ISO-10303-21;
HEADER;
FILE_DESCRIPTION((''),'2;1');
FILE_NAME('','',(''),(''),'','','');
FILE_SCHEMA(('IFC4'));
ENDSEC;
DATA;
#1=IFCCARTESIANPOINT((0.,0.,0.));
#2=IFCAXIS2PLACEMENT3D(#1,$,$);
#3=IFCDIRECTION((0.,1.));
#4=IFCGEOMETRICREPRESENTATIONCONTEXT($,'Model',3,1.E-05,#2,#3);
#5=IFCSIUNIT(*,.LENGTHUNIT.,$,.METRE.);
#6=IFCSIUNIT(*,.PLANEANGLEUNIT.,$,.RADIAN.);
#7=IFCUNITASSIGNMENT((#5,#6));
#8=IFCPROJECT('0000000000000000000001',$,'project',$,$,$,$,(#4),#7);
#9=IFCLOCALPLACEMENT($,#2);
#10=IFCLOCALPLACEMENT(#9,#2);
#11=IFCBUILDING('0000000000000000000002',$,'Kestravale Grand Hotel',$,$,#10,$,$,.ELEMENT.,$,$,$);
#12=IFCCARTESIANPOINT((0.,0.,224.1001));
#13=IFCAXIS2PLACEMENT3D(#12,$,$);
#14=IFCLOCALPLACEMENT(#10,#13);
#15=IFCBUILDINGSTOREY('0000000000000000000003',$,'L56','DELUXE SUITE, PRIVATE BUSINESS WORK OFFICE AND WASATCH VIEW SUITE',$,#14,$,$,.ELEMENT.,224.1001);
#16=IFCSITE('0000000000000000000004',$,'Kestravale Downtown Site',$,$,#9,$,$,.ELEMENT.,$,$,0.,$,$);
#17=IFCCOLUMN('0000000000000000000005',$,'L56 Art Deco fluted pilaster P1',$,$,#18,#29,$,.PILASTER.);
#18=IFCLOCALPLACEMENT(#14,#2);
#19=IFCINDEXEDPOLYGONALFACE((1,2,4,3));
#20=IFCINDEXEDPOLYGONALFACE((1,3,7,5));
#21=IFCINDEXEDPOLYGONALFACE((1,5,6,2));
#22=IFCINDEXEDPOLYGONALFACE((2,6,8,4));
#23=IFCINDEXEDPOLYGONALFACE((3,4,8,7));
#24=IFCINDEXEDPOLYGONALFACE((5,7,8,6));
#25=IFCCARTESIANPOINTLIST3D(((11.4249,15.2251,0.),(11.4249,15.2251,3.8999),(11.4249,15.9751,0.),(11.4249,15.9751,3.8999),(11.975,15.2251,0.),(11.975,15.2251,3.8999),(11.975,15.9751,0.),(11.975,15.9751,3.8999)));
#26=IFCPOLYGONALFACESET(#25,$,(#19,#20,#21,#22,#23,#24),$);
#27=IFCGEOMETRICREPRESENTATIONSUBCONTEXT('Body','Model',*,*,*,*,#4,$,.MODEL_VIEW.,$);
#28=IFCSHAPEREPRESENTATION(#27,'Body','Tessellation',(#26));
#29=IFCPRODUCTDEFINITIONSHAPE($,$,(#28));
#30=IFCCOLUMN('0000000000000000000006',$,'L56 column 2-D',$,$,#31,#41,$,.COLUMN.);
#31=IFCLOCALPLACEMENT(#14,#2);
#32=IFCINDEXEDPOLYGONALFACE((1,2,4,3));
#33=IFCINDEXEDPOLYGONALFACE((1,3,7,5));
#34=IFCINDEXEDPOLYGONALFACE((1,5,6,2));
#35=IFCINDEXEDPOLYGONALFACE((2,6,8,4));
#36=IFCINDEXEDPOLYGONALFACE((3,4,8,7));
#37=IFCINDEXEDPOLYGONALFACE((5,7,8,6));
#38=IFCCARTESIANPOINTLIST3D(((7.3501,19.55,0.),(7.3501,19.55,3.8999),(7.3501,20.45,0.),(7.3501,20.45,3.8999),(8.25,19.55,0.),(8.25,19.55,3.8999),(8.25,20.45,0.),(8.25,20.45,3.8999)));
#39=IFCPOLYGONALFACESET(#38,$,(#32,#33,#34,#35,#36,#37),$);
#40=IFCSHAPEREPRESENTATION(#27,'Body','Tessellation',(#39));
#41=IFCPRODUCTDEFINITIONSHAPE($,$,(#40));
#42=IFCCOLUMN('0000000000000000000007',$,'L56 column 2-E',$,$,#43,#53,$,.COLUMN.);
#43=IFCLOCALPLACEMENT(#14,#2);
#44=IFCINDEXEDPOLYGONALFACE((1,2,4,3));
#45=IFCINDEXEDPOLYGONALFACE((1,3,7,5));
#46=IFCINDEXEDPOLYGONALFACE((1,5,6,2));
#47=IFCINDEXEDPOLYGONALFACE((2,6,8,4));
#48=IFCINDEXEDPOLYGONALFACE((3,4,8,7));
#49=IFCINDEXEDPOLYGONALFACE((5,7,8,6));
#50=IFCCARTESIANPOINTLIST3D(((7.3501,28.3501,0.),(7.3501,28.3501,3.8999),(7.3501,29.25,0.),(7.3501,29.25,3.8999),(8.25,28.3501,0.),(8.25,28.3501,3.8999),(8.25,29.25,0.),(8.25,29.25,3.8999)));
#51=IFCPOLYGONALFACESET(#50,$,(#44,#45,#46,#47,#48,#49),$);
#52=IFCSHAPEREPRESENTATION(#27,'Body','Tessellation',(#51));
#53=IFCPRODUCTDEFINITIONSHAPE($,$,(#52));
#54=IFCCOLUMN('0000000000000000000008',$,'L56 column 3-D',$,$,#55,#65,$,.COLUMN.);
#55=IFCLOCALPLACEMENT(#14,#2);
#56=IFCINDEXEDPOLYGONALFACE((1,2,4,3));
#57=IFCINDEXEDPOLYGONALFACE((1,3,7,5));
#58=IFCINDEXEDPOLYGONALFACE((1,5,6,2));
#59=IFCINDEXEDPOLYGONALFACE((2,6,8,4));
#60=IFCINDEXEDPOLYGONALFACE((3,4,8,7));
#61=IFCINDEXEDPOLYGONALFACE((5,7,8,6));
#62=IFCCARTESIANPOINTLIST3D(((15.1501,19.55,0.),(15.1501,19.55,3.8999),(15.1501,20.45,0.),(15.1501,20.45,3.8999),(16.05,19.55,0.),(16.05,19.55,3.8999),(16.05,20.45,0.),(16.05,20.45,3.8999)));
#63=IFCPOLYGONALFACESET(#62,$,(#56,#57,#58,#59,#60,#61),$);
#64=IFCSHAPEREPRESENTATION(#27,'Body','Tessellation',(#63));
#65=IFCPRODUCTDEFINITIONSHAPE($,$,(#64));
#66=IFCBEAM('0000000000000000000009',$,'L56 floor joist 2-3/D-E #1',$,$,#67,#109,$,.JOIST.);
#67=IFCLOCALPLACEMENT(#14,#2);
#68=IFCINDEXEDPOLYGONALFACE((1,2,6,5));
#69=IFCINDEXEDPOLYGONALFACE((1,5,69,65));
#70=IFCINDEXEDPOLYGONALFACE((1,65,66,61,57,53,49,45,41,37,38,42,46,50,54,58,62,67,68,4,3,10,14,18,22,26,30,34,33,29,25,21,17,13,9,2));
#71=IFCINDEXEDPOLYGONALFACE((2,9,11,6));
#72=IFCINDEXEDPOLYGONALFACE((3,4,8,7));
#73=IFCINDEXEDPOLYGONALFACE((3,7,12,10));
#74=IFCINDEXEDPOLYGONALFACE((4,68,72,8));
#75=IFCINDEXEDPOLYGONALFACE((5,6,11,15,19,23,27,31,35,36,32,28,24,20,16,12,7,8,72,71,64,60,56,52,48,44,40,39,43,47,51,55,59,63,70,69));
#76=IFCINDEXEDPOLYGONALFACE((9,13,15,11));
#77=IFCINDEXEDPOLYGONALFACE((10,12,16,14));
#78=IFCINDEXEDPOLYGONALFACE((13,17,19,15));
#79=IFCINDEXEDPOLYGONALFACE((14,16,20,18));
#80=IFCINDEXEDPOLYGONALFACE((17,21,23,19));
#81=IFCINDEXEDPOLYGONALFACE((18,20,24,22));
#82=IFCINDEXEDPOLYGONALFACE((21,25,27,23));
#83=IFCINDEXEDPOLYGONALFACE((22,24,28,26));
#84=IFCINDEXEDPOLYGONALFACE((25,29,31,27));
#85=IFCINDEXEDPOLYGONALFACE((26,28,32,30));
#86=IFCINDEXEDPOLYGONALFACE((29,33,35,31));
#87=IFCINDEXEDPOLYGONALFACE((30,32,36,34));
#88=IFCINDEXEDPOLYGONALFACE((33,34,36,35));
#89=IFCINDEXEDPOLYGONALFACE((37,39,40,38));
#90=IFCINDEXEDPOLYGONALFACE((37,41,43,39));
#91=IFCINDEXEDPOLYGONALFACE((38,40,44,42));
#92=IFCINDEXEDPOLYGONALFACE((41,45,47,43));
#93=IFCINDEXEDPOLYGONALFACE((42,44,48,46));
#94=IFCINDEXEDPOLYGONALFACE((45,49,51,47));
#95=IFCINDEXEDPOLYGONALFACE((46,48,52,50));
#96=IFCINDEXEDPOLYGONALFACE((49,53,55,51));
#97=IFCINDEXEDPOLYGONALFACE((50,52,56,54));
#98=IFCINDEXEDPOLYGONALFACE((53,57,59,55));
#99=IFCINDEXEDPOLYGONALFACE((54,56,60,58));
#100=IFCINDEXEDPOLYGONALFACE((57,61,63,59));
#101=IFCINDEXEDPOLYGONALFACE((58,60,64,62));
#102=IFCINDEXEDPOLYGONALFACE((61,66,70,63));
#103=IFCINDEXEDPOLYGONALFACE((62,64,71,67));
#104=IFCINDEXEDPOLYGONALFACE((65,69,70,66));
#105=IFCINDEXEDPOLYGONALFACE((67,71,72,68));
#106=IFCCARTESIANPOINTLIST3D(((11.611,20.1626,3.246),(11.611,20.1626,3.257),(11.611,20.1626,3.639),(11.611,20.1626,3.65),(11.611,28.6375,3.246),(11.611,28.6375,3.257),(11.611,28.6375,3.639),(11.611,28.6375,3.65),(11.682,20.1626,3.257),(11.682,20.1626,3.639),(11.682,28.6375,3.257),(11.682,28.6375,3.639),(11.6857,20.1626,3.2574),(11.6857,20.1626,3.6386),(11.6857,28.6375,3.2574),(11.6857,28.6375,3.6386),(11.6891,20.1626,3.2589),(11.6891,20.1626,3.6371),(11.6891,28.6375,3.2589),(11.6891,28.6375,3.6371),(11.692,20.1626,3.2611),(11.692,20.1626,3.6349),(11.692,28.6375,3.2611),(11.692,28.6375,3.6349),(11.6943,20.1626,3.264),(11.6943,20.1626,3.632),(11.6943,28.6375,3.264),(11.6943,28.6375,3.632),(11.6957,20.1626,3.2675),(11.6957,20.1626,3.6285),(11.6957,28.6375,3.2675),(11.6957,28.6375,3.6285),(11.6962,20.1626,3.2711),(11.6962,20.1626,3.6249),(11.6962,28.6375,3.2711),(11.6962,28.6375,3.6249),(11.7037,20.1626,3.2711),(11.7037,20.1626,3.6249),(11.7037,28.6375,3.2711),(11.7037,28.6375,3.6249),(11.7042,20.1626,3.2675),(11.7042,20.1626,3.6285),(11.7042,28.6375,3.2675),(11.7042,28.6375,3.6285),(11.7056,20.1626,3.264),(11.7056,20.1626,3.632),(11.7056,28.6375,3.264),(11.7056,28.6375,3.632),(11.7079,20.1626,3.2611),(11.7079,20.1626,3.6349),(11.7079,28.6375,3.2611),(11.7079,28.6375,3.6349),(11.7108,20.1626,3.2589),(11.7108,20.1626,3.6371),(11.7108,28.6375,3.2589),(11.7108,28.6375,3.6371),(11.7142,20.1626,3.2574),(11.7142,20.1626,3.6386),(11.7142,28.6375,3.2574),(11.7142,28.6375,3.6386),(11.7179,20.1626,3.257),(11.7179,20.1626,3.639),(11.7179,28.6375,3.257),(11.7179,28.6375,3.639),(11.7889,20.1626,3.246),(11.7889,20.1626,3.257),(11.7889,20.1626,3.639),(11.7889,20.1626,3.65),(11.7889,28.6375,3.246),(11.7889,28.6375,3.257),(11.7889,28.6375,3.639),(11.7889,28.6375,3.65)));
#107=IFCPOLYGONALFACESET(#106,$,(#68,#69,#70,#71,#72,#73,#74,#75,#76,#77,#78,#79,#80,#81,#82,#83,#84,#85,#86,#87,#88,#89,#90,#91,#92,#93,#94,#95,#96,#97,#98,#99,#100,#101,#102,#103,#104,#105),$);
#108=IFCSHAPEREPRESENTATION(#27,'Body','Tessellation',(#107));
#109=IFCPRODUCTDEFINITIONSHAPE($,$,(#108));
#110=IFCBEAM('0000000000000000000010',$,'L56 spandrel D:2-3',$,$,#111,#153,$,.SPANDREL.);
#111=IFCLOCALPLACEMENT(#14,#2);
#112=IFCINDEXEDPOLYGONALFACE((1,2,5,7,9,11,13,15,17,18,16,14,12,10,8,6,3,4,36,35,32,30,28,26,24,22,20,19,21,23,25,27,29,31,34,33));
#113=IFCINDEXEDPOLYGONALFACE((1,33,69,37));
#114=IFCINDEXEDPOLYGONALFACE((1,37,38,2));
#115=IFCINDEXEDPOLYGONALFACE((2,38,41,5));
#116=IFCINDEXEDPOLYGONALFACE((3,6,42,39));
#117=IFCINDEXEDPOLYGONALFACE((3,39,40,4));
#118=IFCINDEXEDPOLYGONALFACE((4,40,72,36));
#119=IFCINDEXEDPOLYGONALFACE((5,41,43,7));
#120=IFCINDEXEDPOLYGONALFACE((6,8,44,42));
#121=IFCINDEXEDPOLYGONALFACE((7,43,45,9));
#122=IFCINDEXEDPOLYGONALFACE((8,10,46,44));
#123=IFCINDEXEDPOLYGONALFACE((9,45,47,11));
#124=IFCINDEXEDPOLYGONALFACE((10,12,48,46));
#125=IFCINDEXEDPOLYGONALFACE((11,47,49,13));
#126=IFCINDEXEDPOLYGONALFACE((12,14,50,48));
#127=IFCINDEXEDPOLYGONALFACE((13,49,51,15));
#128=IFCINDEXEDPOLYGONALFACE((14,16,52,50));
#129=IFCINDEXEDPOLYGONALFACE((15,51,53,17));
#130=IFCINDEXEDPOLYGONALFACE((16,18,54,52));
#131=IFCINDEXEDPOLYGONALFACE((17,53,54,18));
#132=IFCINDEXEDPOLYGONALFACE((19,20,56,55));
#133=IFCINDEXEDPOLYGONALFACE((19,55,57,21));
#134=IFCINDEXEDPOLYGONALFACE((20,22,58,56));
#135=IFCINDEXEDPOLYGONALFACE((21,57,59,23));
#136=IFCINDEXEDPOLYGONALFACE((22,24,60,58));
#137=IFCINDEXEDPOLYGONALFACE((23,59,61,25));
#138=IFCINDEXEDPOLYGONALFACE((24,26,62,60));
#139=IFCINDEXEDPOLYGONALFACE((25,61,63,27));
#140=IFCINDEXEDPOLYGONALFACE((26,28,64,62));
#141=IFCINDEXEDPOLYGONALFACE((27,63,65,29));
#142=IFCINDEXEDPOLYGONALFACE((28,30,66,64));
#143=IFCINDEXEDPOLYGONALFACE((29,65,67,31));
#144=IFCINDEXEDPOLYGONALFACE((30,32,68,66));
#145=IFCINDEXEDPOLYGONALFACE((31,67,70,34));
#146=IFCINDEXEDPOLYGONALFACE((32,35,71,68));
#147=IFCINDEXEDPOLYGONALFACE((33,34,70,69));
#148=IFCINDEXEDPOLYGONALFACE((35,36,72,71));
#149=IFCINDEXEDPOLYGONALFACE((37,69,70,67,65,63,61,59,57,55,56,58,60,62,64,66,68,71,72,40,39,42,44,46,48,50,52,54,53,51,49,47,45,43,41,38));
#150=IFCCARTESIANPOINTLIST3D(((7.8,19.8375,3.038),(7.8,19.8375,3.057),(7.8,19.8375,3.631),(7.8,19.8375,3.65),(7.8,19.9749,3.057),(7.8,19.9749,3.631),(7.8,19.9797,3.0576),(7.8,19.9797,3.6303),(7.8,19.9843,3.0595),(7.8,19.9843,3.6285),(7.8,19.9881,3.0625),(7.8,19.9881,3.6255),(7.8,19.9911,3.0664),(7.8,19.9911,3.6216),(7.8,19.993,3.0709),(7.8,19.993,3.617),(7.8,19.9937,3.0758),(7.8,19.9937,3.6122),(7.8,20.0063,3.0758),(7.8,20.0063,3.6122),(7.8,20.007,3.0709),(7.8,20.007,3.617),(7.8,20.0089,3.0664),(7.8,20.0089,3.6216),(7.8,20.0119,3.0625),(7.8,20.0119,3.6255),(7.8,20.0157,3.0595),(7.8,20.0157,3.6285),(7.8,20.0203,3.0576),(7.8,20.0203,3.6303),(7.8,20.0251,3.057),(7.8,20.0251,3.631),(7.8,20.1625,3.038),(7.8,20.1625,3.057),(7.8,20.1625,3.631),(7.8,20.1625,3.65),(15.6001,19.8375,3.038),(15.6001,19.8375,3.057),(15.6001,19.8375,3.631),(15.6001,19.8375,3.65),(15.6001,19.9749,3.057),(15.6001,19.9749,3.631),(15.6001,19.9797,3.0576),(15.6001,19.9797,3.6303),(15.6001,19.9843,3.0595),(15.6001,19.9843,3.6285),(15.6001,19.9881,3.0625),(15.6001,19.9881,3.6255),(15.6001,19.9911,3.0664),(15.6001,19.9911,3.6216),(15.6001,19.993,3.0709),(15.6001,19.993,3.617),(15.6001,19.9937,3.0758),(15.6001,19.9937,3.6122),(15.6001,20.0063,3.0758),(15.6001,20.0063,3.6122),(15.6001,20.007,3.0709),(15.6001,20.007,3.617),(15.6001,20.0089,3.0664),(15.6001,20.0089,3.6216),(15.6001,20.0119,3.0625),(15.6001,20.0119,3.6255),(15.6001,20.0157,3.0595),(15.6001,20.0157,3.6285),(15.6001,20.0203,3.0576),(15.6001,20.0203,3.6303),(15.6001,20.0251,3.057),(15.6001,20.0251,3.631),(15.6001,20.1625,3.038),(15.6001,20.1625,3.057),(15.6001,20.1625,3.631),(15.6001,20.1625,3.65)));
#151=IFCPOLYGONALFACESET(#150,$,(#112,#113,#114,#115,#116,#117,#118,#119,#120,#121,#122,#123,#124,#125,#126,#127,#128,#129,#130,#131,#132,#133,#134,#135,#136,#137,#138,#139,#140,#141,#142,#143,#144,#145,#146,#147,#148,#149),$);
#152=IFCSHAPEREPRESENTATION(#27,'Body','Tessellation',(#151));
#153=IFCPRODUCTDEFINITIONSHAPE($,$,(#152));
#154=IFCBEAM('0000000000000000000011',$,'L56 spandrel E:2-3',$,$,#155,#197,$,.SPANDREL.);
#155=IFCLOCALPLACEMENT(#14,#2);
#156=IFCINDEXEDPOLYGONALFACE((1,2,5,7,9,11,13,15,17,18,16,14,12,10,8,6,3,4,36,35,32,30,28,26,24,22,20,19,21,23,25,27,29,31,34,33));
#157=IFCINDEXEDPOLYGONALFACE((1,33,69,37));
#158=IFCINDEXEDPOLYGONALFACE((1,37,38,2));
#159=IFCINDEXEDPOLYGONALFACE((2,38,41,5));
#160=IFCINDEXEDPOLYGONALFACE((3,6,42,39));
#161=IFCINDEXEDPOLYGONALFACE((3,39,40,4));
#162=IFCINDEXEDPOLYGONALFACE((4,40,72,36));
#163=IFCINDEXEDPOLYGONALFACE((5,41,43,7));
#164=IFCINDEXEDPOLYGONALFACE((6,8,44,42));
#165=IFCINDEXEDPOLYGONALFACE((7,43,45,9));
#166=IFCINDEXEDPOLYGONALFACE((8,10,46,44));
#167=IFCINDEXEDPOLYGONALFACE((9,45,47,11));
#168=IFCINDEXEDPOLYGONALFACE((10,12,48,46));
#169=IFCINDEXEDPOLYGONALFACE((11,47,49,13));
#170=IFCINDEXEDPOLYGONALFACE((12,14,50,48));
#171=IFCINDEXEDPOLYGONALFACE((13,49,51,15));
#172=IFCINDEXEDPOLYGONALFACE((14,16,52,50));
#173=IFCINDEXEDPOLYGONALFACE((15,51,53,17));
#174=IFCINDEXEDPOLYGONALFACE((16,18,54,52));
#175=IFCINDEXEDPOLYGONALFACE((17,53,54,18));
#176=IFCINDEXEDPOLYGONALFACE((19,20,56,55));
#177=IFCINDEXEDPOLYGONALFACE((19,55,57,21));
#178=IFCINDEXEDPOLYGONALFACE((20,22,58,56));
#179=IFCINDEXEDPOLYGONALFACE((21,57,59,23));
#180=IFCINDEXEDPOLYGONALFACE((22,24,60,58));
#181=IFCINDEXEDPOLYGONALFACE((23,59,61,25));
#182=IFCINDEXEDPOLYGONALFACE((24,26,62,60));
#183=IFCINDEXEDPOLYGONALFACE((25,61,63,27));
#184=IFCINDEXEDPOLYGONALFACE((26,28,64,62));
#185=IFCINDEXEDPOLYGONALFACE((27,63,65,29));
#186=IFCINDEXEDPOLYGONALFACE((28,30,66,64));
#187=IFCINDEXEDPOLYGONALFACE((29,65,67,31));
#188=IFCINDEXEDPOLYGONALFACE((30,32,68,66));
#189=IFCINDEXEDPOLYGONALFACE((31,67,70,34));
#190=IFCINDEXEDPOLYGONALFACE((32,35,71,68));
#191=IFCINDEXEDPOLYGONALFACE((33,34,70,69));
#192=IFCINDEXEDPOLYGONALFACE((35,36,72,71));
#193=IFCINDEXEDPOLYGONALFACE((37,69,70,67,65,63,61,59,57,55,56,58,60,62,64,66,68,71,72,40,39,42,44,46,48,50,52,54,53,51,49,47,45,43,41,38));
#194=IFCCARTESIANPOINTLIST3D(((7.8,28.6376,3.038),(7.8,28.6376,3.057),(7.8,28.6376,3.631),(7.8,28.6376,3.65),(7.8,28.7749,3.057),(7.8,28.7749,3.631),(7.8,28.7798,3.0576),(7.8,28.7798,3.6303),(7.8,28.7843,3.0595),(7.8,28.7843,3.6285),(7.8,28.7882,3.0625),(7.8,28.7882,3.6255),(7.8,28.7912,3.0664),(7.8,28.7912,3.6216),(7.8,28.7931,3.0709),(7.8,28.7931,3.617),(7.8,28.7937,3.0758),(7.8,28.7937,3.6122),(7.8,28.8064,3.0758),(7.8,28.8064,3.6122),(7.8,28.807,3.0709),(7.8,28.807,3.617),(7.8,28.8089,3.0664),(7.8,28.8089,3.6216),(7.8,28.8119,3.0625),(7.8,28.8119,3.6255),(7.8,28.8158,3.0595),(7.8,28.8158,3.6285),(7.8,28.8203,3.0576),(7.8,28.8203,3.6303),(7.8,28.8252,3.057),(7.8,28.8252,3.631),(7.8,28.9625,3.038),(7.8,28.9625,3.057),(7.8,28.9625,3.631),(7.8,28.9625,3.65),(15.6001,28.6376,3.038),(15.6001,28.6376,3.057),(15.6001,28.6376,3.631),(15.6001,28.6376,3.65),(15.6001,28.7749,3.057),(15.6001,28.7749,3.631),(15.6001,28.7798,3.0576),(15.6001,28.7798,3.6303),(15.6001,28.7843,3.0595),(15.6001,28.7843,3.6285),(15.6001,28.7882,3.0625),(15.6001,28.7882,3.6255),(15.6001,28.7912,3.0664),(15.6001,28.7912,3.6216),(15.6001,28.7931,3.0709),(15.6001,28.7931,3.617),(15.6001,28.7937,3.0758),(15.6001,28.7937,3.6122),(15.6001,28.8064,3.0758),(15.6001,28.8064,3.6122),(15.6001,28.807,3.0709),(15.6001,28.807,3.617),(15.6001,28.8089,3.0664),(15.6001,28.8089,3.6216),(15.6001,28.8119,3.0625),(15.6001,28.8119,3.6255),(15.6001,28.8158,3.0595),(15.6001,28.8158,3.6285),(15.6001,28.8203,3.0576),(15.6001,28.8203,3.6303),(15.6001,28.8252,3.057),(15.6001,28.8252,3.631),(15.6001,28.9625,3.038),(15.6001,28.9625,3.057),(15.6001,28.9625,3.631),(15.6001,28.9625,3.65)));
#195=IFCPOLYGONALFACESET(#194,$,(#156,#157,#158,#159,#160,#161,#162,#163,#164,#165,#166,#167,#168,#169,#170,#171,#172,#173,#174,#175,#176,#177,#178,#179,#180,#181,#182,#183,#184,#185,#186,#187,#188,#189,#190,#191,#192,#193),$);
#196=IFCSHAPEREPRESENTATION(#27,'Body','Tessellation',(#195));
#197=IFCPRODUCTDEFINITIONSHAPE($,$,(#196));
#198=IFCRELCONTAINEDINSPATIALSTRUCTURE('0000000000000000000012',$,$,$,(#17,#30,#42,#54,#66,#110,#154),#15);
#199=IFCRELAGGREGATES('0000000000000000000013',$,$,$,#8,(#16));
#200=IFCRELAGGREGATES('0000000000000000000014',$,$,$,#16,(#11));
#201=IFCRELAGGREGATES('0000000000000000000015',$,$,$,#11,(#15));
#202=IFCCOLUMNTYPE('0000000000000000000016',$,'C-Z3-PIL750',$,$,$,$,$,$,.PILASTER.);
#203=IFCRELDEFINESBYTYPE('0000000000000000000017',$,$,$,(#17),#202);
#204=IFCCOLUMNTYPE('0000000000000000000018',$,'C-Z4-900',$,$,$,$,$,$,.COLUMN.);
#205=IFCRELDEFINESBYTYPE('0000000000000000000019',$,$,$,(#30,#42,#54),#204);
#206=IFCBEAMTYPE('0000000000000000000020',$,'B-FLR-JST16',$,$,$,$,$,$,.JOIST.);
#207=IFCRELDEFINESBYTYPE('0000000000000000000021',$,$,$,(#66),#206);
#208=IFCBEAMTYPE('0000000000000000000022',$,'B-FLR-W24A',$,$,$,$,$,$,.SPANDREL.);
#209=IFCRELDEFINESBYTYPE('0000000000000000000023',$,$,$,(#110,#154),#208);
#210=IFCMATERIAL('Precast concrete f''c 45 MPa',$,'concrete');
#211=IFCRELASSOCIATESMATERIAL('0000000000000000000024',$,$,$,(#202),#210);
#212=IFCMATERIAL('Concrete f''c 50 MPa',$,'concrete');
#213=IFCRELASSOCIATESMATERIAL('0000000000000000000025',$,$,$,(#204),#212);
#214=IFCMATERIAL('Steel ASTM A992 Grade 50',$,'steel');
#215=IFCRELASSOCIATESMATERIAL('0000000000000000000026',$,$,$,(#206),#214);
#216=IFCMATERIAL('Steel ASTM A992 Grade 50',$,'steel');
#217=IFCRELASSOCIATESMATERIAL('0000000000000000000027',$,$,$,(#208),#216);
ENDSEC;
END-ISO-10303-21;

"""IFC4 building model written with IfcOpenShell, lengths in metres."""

from ifc_helpers import new_model, si_unit, direction, frame, origin, origin_2d, place, context, subcontext, project, spatial, rectangle, i_section, extrude, material, material_profile, profile_set, type_object, element, save


model = new_model("IFC4")

# Units and contexts
model_context = context("Model", 3, precision=1e-05, world=origin(), true_north=direction((0.0, 1.0)))
body_context = subcontext(model_context, "Body", "Model", "MODEL_VIEW")
ifc_project = project(units=[si_unit("LENGTHUNIT", "METRE"), si_unit("PLANEANGLEUNIT", "RADIAN")], contexts=[model_context])

# Site, building, storey
site_placement = place(None, origin())
site = spatial("IfcSite", under=ifc_project, at=site_placement, Name="Kestravale Downtown Site", CompositionType="ELEMENT", RefElevation=0.0)
building_placement = place(site_placement, origin())
building = spatial("IfcBuilding", under=site, at=building_placement, Name="Kestravale Grand Hotel", CompositionType="ELEMENT")
storey_placement = place(building_placement, frame((0.0, 0.0, 224.1001)))
storey = spatial("IfcBuildingStorey", under=building, at=storey_placement, Name="L56", Description="DELUXE SUITE, PRIVATE BUSINESS WORK OFFICE AND WASATCH VIEW SUITE", CompositionType="ELEMENT", Elevation=224.1001)

# Columns
ifc_material_1 = material(Name="Precast concrete f'c 45 MPa", Category="concrete")
ifc_material_profile_1 = material_profile(ifc_material_1, rectangle(XDim=0.55, YDim=0.75, at=origin_2d()))
ifc_profile_set_1 = profile_set([ifc_material_profile_1], Name="Precast concrete f'c 45 MPa")
column_type_1 = type_object("IfcColumnType", Name="C-Z3-PIL750", PredefinedType="PILASTER", material=ifc_profile_set_1)
column_placement = place(storey_placement, frame((11.7, 15.6001, 0.0), z_axis=(0.0, 0.0, 1.0), x_axis=(1.0, 0.0, 0.0)))
element("IfcColumn", 1, at=column_placement, inside=storey, type_object=column_type_1, Name="L56 Art Deco fluted pilaster P1", PredefinedType="PILASTER", context=body_context, shape_type="SweptSolid", body=[
    extrude(rectangle(XDim=0.55, YDim=0.75, at=origin_2d()), origin(), (0.0, 0.0, 1.0), 3.8999),
])
ifc_material_2 = material(Name="Concrete f'c 50 MPa", Category="concrete")
ifc_material_profile_2 = material_profile(ifc_material_2, rectangle(XDim=0.8999, YDim=0.8999, at=origin_2d()))
ifc_profile_set_2 = profile_set([ifc_material_profile_2], Name="Concrete f'c 50 MPa")
column_type_2 = type_object("IfcColumnType", Name="C-Z4-900", PredefinedType="COLUMN", material=ifc_profile_set_2)
for number, where, z_axis, x_axis, name in (
    (2, (7.8, 20.0, 0.0), (0.0, 0.0, 1.0), (1.0, 0.0, 0.0), "L56 column 2-D"),
    (3, (7.8, 28.8, 0.0), (0.0, 0.0, 1.0), (1.0, 0.0, 0.0), "L56 column 2-E"),
    (4, (15.6001, 20.0, 0.0), (0.0, 0.0, 1.0), (1.0, 0.0, 0.0), "L56 column 3-D"),
):
    element("IfcColumn", number, at=place(storey_placement, frame(where, z_axis=z_axis, x_axis=x_axis)), inside=storey, type_object=column_type_2, Name=name, PredefinedType="COLUMN", context=body_context, shape_type="SweptSolid", body=[
        extrude(rectangle(XDim=0.8999, YDim=0.8999, at=origin_2d()), origin(), (0.0, 0.0, 1.0), 3.8999),
    ])

# Beams
ifc_material_3 = material(Name="Steel ASTM A992 Grade 50", Category="steel")
ifc_material_profile_3 = material_profile(ifc_material_3, i_section(OverallWidth=0.178, OverallDepth=0.4041, WebThickness=0.0076, FlangeThickness=0.011, FilletRadius=0.0142, at=origin_2d()))
ifc_profile_set_3 = profile_set([ifc_material_profile_3], Name="Steel ASTM A992 Grade 50")
beam_type_1 = type_object("IfcBeamType", Name="B-FLR-JST16", PredefinedType="JOIST", material=ifc_profile_set_3)
beam_1_placement = place(storey_placement, frame((11.7, 20.1626, 3.448), z_axis=(0.0, 1.0, 0.0), x_axis=(-1.0, 0.0, 0.0)))
element("IfcBeam", 5, at=beam_1_placement, inside=storey, type_object=beam_type_1, Name="L56 floor joist 2-3/D-E #1", PredefinedType="JOIST", context=body_context, shape_type="SweptSolid", body=[
    extrude(i_section(OverallWidth=0.178, OverallDepth=0.4041, WebThickness=0.0076, FlangeThickness=0.011, FilletRadius=0.0142, at=origin_2d()), origin(), (0.0, 0.0, 1.0), 8.4749),
])
ifc_material_4 = material(Name="Steel ASTM A992 Grade 50", Category="steel")
ifc_material_profile_4 = material_profile(ifc_material_4, i_section(OverallWidth=0.325, OverallDepth=0.6121, WebThickness=0.0127, FlangeThickness=0.019, FilletRadius=0.0188, at=origin_2d()))
ifc_profile_set_4 = profile_set([ifc_material_profile_4], Name="Steel ASTM A992 Grade 50")
beam_type_2 = type_object("IfcBeamType", Name="B-FLR-W24A", PredefinedType="SPANDREL", material=ifc_profile_set_4)
for number, where, z_axis, x_axis, name in (
    (6, (7.8, 20.0, 3.344), (1.0, 0.0, 0.0), (0.0, 1.0, 0.0), "L56 spandrel D:2-3"),
    (7, (7.8, 28.8, 3.344), (1.0, 0.0, 0.0), (0.0, 1.0, 0.0), "L56 spandrel E:2-3"),
):
    element("IfcBeam", number, at=place(storey_placement, frame(where, z_axis=z_axis, x_axis=x_axis)), inside=storey, type_object=beam_type_2, Name=name, PredefinedType="SPANDREL", context=body_context, shape_type="SweptSolid", body=[
        extrude(i_section(OverallWidth=0.325, OverallDepth=0.6121, WebThickness=0.0127, FlangeThickness=0.019, FilletRadius=0.0188, at=origin_2d()), origin(), (0.0, 0.0, 1.0), 7.8),
    ])

save(model, "model.ifc")
